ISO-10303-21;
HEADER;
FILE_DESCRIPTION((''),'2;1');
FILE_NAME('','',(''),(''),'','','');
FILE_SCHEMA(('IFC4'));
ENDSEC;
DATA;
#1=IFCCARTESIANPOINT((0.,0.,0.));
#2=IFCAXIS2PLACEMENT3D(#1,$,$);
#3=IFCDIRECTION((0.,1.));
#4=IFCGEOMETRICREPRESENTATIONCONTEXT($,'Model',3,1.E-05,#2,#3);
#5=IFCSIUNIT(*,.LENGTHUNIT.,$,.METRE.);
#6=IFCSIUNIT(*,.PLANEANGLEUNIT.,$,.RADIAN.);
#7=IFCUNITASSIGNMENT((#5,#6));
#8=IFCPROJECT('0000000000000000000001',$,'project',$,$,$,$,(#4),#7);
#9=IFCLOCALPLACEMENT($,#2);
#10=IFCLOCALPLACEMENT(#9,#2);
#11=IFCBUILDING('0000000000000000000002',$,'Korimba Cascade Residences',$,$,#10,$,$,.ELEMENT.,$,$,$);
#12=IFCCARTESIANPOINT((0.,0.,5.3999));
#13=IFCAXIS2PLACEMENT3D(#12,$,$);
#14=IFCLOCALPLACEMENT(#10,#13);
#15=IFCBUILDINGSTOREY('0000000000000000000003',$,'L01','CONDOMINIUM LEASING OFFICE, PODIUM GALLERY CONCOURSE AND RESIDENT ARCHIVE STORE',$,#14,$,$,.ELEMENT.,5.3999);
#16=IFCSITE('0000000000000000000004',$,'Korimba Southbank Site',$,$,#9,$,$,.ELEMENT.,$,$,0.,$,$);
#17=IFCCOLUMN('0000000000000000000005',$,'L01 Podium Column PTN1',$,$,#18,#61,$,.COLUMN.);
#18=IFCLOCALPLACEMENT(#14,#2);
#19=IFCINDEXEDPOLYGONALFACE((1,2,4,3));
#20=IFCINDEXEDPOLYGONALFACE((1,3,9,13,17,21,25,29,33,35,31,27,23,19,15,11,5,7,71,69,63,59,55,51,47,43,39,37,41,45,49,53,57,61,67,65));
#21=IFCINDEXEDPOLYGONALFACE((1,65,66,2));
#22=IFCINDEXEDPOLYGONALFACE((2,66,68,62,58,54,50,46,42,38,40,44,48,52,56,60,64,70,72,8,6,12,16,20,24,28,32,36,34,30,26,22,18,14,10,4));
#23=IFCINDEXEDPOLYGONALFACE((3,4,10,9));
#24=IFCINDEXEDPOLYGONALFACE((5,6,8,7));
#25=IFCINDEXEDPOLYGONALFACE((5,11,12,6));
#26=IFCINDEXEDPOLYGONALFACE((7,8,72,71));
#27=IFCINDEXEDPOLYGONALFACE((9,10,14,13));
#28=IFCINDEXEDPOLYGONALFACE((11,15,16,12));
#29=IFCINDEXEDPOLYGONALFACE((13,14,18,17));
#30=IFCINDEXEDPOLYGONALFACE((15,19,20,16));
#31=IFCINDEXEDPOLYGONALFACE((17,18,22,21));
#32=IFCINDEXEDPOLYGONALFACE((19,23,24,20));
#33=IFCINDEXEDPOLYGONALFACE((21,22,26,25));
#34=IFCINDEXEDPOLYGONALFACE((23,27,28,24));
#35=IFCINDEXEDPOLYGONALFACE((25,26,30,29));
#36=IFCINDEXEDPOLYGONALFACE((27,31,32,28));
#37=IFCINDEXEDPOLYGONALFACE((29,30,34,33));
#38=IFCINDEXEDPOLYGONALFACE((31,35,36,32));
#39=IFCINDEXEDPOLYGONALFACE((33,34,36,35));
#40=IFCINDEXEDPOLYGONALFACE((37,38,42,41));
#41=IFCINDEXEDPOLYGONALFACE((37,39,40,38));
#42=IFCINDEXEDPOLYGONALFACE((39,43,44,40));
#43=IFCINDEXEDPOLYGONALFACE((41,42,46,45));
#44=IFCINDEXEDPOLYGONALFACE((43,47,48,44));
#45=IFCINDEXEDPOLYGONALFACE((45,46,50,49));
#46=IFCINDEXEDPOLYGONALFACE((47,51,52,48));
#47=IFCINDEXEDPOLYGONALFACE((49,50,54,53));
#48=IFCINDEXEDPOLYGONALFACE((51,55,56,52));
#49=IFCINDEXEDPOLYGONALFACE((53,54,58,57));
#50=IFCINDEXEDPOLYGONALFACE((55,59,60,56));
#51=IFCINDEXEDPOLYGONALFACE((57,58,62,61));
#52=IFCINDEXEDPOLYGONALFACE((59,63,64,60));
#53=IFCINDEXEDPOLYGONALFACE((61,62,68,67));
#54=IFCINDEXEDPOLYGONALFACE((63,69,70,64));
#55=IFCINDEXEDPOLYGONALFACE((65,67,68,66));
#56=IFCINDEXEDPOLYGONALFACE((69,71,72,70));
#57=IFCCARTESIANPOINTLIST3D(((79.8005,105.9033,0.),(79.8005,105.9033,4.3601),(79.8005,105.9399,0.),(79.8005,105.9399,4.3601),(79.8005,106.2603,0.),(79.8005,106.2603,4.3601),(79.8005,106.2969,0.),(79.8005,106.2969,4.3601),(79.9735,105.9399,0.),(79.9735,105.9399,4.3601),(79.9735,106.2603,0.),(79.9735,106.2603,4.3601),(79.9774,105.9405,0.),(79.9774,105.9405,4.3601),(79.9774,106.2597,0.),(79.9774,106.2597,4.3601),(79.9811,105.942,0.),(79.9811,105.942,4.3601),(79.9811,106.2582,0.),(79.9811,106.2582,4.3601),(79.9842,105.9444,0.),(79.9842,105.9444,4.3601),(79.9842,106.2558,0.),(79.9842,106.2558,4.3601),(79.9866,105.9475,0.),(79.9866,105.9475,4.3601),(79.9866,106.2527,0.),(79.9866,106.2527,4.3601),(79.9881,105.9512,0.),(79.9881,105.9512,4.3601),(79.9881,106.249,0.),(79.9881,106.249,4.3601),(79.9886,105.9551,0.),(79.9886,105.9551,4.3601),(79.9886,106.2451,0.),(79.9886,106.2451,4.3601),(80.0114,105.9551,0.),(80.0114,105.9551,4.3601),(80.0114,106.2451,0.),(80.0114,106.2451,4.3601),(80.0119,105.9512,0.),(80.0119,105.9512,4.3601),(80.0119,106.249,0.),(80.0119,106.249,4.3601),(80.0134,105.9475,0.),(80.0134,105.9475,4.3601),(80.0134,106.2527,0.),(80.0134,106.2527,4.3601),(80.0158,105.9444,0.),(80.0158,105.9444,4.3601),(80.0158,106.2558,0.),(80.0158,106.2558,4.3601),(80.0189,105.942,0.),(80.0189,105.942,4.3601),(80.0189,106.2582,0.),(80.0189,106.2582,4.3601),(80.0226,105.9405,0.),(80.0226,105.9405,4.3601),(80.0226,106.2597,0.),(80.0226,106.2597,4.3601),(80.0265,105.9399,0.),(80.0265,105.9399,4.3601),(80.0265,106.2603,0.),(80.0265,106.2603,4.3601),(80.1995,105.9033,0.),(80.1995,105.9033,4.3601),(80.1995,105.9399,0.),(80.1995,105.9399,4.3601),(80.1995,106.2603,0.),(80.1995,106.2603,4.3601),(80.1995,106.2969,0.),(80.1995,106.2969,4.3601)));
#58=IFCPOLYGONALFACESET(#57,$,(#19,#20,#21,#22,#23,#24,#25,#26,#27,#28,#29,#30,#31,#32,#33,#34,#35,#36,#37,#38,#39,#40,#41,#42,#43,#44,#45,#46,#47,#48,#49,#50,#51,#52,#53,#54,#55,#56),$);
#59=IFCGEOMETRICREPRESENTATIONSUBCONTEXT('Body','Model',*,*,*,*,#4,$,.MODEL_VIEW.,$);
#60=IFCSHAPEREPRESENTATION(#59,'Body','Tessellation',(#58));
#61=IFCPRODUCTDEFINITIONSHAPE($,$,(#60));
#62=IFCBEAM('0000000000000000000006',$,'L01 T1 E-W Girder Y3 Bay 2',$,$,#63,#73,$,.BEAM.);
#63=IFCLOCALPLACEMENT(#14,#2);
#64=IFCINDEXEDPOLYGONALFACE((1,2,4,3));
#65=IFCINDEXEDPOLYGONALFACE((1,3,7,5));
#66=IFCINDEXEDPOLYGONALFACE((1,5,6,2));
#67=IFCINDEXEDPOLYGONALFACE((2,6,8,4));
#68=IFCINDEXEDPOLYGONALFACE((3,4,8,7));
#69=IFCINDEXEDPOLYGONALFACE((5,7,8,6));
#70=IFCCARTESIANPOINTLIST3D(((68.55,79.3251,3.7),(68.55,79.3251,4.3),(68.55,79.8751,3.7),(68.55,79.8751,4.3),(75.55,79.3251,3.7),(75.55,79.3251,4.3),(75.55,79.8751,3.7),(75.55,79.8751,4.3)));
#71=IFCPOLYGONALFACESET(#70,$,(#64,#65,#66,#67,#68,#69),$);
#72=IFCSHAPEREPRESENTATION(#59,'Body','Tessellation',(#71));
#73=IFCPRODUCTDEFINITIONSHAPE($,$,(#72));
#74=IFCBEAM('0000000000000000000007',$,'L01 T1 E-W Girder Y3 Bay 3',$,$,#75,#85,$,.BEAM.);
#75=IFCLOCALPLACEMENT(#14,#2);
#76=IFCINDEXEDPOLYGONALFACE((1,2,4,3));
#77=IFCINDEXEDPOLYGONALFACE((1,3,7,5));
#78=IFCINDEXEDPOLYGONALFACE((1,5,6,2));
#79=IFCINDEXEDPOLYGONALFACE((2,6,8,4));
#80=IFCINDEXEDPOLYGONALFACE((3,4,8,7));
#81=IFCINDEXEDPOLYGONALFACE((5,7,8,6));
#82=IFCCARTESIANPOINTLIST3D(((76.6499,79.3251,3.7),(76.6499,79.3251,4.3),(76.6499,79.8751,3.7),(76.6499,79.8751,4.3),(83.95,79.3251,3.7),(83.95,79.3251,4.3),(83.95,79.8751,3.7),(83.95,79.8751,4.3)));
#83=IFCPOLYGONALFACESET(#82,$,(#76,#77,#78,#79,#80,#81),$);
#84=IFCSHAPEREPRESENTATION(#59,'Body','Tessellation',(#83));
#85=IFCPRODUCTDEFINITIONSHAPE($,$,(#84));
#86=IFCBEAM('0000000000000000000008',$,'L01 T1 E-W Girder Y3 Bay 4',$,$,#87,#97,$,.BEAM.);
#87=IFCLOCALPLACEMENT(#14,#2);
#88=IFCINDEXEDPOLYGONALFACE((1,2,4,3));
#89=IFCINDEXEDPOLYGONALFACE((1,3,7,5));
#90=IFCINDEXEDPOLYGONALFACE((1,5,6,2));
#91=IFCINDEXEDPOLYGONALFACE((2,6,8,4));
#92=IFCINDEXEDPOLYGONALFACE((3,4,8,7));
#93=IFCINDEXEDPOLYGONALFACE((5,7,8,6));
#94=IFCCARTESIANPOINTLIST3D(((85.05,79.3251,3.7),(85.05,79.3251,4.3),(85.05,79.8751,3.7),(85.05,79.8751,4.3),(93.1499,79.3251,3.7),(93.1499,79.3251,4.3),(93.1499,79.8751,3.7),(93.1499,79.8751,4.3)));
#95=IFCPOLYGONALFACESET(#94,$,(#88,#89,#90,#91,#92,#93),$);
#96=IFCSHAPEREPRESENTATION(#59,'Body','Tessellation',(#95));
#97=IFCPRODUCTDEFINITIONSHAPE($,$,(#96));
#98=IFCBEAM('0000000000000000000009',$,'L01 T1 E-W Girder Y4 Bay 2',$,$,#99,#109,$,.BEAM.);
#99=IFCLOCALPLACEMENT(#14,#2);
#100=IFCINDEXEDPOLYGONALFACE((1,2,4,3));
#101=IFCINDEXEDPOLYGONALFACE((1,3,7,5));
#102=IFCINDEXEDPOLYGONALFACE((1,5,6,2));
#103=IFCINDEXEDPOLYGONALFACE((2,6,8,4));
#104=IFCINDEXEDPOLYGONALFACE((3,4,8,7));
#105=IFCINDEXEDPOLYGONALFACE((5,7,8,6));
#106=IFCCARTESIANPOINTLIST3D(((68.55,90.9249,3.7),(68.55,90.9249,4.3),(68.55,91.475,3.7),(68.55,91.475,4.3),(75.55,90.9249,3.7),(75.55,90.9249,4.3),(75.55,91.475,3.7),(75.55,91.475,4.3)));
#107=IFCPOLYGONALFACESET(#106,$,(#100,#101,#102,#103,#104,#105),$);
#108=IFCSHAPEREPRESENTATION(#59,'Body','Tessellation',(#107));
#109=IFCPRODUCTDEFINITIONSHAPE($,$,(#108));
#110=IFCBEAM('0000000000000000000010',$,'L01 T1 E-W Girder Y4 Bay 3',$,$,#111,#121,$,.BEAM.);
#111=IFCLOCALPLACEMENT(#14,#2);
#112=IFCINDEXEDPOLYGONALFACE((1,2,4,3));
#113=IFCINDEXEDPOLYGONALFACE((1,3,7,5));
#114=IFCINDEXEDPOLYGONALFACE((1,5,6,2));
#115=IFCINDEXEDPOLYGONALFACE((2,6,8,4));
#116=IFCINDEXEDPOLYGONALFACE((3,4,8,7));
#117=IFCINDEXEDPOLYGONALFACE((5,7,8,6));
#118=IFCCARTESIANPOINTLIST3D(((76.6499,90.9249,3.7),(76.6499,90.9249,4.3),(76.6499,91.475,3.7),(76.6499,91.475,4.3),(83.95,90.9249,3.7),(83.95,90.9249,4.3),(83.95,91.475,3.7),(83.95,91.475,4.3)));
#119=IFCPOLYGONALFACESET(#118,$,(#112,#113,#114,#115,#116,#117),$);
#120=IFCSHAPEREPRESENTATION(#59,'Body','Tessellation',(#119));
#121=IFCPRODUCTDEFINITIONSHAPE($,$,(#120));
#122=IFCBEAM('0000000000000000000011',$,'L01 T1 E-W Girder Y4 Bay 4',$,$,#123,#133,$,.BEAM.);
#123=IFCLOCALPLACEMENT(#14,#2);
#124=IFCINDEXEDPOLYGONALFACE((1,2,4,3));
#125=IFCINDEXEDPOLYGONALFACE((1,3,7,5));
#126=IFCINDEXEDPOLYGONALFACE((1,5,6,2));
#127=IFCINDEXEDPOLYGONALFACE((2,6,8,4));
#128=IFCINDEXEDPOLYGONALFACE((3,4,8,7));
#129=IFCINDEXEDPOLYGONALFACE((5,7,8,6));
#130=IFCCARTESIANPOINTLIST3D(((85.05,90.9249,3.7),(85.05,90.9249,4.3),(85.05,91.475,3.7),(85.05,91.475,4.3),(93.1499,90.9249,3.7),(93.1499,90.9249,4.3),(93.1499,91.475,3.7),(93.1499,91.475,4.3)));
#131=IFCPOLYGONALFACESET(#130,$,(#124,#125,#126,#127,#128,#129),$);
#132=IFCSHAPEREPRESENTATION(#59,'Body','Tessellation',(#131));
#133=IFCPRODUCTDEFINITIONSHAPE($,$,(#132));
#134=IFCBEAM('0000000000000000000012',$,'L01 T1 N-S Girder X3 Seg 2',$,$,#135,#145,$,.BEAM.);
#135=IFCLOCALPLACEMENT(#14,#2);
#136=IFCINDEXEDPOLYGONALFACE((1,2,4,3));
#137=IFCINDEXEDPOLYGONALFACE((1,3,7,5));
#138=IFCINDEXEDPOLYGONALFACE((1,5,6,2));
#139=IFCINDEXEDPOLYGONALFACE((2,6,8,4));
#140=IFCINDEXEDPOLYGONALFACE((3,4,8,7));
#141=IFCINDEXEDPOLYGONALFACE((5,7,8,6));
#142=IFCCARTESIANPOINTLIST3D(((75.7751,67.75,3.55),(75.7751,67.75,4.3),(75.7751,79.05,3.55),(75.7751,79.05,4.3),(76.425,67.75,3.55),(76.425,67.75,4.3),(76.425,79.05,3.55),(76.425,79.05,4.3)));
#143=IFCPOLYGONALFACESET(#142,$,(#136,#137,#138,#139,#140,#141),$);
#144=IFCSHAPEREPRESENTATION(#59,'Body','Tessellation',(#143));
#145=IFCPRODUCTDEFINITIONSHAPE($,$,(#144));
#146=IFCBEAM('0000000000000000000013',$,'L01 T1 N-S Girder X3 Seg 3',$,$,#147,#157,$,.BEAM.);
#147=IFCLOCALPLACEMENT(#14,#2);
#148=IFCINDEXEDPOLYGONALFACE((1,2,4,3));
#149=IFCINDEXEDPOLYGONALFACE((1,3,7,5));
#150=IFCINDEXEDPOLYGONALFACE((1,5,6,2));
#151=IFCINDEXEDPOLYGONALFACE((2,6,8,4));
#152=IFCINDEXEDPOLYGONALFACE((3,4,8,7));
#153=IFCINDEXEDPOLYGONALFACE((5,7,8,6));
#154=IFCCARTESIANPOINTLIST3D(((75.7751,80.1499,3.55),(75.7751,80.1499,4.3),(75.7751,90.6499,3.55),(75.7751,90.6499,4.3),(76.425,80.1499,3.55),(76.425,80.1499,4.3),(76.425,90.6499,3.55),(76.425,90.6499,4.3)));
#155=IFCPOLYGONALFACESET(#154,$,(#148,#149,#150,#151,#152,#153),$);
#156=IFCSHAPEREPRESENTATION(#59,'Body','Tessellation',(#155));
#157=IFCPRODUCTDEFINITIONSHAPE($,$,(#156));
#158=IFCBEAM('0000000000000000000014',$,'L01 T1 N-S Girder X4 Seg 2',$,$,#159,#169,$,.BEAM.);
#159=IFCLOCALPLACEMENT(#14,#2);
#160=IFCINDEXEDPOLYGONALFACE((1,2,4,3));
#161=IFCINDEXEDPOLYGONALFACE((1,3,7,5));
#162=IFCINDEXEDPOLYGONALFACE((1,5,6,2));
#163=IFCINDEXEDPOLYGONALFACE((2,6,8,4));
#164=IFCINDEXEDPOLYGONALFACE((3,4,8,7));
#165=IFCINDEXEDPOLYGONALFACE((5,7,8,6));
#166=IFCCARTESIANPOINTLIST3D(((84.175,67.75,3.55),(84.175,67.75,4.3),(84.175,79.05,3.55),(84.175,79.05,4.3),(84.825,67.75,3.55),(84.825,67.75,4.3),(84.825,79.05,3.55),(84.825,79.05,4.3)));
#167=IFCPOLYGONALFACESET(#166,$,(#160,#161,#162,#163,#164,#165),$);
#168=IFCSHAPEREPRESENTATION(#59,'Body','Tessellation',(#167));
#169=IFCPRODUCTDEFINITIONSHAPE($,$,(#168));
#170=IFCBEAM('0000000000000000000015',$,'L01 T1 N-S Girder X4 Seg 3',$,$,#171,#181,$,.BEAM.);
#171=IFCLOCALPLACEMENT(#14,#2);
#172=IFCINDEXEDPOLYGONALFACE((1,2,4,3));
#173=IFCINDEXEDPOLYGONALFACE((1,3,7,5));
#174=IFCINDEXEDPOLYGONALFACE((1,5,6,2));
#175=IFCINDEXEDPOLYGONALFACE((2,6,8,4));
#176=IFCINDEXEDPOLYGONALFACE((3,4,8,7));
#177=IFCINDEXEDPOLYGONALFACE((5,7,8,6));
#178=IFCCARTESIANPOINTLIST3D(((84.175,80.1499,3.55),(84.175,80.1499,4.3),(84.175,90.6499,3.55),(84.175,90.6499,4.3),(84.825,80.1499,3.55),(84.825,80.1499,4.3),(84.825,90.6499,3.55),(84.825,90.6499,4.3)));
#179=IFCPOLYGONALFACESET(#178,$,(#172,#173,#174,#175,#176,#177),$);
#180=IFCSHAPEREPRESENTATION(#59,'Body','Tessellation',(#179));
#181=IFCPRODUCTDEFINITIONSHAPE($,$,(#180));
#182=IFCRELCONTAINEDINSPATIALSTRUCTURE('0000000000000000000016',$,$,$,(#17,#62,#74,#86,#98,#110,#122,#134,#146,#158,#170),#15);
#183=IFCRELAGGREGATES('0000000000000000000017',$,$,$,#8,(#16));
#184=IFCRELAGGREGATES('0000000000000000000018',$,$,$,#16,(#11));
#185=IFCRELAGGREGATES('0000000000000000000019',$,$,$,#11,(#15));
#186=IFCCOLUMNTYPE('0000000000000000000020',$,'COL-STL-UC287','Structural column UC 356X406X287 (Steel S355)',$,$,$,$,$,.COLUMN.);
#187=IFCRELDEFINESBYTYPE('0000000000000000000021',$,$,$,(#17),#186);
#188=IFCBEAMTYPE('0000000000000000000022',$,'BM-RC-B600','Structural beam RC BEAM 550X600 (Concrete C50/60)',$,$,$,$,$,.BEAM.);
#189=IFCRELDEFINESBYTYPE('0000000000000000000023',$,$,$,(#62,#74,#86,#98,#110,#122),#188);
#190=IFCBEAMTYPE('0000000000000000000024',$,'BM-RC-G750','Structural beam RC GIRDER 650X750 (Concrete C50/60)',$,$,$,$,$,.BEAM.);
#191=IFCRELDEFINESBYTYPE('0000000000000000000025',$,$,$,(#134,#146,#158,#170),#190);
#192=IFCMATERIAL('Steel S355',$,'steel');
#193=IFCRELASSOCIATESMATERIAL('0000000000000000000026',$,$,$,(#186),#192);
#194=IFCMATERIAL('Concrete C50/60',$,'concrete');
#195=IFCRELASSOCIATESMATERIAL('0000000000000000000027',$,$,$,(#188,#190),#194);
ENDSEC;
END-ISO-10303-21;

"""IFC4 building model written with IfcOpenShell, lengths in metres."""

from ifc_helpers import new_model, si_unit, direction, frame, origin, origin_2d, place, context, subcontext, project, spatial, rectangle, i_section, extrude, material, material_profile, profile_set, type_object, element, save


model = new_model("IFC4")

# Units and contexts
model_context = context("Model", 3, precision=1e-05, world=origin(), true_north=direction((0.0, 1.0)))
body_context = subcontext(model_context, "Body", "Model", "MODEL_VIEW")
ifc_project = project(units=[si_unit("LENGTHUNIT", "METRE"), si_unit("PLANEANGLEUNIT", "RADIAN")], contexts=[model_context])

# Site, building, storey
site_placement = place(None, origin())
site = spatial("IfcSite", under=ifc_project, at=site_placement, Name="Korimba Southbank Site", CompositionType="ELEMENT", RefElevation=0.0)
building_placement = place(site_placement, origin())
building = spatial("IfcBuilding", under=site, at=building_placement, Name="Korimba Cascade Residences", CompositionType="ELEMENT")
storey_placement = place(building_placement, frame((0.0, 0.0, 5.3999)))
storey = spatial("IfcBuildingStorey", under=building, at=storey_placement, Name="L01", Description="CONDOMINIUM LEASING OFFICE, PODIUM GALLERY CONCOURSE AND RESIDENT ARCHIVE STORE", CompositionType="ELEMENT", Elevation=5.3999)

# Column
ifc_material_1 = material(Name="Steel S355", Category="steel")
ifc_material_profile_1 = material_profile(ifc_material_1, i_section(OverallWidth=0.3989, OverallDepth=0.3936, WebThickness=0.0227, FlangeThickness=0.0366, FilletRadius=0.0151, at=origin_2d()), Name="Steel S355")
ifc_profile_set_1 = profile_set([ifc_material_profile_1], Name="Steel S355")
column_type_1 = type_object("IfcColumnType", Name="COL-STL-UC287", Description="Structural column UC 356X406X287 (Steel S355)", PredefinedType="COLUMN", material=ifc_profile_set_1)
column_placement = place(storey_placement, frame((80.0, 106.1001, 0.0), z_axis=(0.0, 0.0, 1.0), x_axis=(1.0, 0.0, 0.0)))
element("IfcColumn", 1, at=column_placement, inside=storey, type_object=column_type_1, Name="L01 Podium Column PTN1", PredefinedType="COLUMN", context=body_context, shape_type="SweptSolid", body=[
    extrude(i_section(OverallWidth=0.3989, OverallDepth=0.3936, WebThickness=0.0227, FlangeThickness=0.0366, FilletRadius=0.0151, at=origin_2d()), origin(), (0.0, 0.0, 1.0), 4.3601),
])

# Beams
ifc_material_2 = material(Name="Concrete C50/60", Category="concrete")
ifc_material_profile_2 = material_profile(ifc_material_2, rectangle(XDim=0.55, YDim=0.6001, at=origin_2d()), Name="Concrete C50/60")
ifc_profile_set_2 = profile_set([ifc_material_profile_2], Name="Concrete C50/60")
beam_type_1 = type_object("IfcBeamType", Name="BM-RC-B600", Description="Structural beam RC BEAM 550X600 (Concrete C50/60)", PredefinedType="BEAM", material=ifc_profile_set_2)
beam_1_placement = place(storey_placement, frame((68.55, 79.6001, 4.0), z_axis=(1.0, 0.0, 0.0), x_axis=(0.0, 1.0, 0.0)))
element("IfcBeam", 2, at=beam_1_placement, inside=storey, type_object=beam_type_1, Name="L01 T1 E-W Girder Y3 Bay 2", PredefinedType="BEAM", context=body_context, shape_type="SweptSolid", body=[
    extrude(rectangle(XDim=0.55, YDim=0.6001, at=origin_2d()), origin(), (0.0, 0.0, 1.0), 7.0),
])
beam_2_placement = place(storey_placement, frame((76.6499, 79.6001, 4.0), z_axis=(1.0, 0.0, 0.0), x_axis=(0.0, 1.0, 0.0)))
element("IfcBeam", 3, at=beam_2_placement, inside=storey, type_object=beam_type_1, Name="L01 T1 E-W Girder Y3 Bay 3", PredefinedType="BEAM", context=body_context, shape_type="SweptSolid", body=[
    extrude(rectangle(XDim=0.55, YDim=0.6001, at=origin_2d()), origin(), (0.0, 0.0, 1.0), 7.3),
])
beam_3_placement = place(storey_placement, frame((85.05, 79.6001, 4.0), z_axis=(1.0, 0.0, 0.0), x_axis=(0.0, 1.0, 0.0)))
element("IfcBeam", 4, at=beam_3_placement, inside=storey, type_object=beam_type_1, Name="L01 T1 E-W Girder Y3 Bay 4", PredefinedType="BEAM", context=body_context, shape_type="SweptSolid", body=[
    extrude(rectangle(XDim=0.55, YDim=0.6001, at=origin_2d()), origin(), (0.0, 0.0, 1.0), 8.0999),
])
beam_4_placement = place(storey_placement, frame((68.55, 91.2, 4.0), z_axis=(1.0, 0.0, 0.0), x_axis=(0.0, 1.0, 0.0)))
element("IfcBeam", 5, at=beam_4_placement, inside=storey, type_object=beam_type_1, Name="L01 T1 E-W Girder Y4 Bay 2", PredefinedType="BEAM", context=body_context, shape_type="SweptSolid", body=[
    extrude(rectangle(XDim=0.55, YDim=0.6001, at=origin_2d()), origin(), (0.0, 0.0, 1.0), 7.0),
])
beam_5_placement = place(storey_placement, frame((76.6499, 91.2, 4.0), z_axis=(1.0, 0.0, 0.0), x_axis=(0.0, 1.0, 0.0)))
element("IfcBeam", 6, at=beam_5_placement, inside=storey, type_object=beam_type_1, Name="L01 T1 E-W Girder Y4 Bay 3", PredefinedType="BEAM", context=body_context, shape_type="SweptSolid", body=[
    extrude(rectangle(XDim=0.55, YDim=0.6001, at=origin_2d()), origin(), (0.0, 0.0, 1.0), 7.3),
])
beam_6_placement = place(storey_placement, frame((85.05, 91.2, 4.0), z_axis=(1.0, 0.0, 0.0), x_axis=(0.0, 1.0, 0.0)))
element("IfcBeam", 7, at=beam_6_placement, inside=storey, type_object=beam_type_1, Name="L01 T1 E-W Girder Y4 Bay 4", PredefinedType="BEAM", context=body_context, shape_type="SweptSolid", body=[
    extrude(rectangle(XDim=0.55, YDim=0.6001, at=origin_2d()), origin(), (0.0, 0.0, 1.0), 8.0999),
])
ifc_material_profile_3 = material_profile(ifc_material_2, rectangle(XDim=0.6499, YDim=0.75, at=origin_2d()), Name="Concrete C50/60")
ifc_profile_set_3 = profile_set([ifc_material_profile_3], Name="Concrete C50/60")
beam_type_2 = type_object("IfcBeamType", Name="BM-RC-G750", Description="Structural beam RC GIRDER 650X750 (Concrete C50/60)", PredefinedType="BEAM", material=ifc_profile_set_3)
beam_7_placement = place(storey_placement, frame((76.1001, 67.75, 3.925), z_axis=(0.0, 1.0, 0.0), x_axis=(-1.0, 0.0, 0.0)))
element("IfcBeam", 8, at=beam_7_placement, inside=storey, type_object=beam_type_2, Name="L01 T1 N-S Girder X3 Seg 2", PredefinedType="BEAM", context=body_context, shape_type="SweptSolid", body=[
    extrude(rectangle(XDim=0.6499, YDim=0.75, at=origin_2d()), origin(), (0.0, 0.0, 1.0), 11.3),
])
beam_8_placement = place(storey_placement, frame((76.1001, 80.1499, 3.925), z_axis=(0.0, 1.0, 0.0), x_axis=(-1.0, 0.0, 0.0)))
element("IfcBeam", 9, at=beam_8_placement, inside=storey, type_object=beam_type_2, Name="L01 T1 N-S Girder X3 Seg 3", PredefinedType="BEAM", context=body_context, shape_type="SweptSolid", body=[
    extrude(rectangle(XDim=0.6499, YDim=0.75, at=origin_2d()), origin(), (0.0, 0.0, 1.0), 10.5),
])
beam_9_placement = place(storey_placement, frame((84.5, 67.75, 3.925), z_axis=(0.0, 1.0, 0.0), x_axis=(-1.0, 0.0, 0.0)))
element("IfcBeam", 10, at=beam_9_placement, inside=storey, type_object=beam_type_2, Name="L01 T1 N-S Girder X4 Seg 2", PredefinedType="BEAM", context=body_context, shape_type="SweptSolid", body=[
    extrude(rectangle(XDim=0.6499, YDim=0.75, at=origin_2d()), origin(), (0.0, 0.0, 1.0), 11.3),
])
beam_10_placement = place(storey_placement, frame((84.5, 80.1499, 3.925), z_axis=(0.0, 1.0, 0.0), x_axis=(-1.0, 0.0, 0.0)))
element("IfcBeam", 11, at=beam_10_placement, inside=storey, type_object=beam_type_2, Name="L01 T1 N-S Girder X4 Seg 3", PredefinedType="BEAM", context=body_context, shape_type="SweptSolid", body=[
    extrude(rectangle(XDim=0.6499, YDim=0.75, at=origin_2d()), origin(), (0.0, 0.0, 1.0), 10.5),
])

save(model, "model.ifc")
